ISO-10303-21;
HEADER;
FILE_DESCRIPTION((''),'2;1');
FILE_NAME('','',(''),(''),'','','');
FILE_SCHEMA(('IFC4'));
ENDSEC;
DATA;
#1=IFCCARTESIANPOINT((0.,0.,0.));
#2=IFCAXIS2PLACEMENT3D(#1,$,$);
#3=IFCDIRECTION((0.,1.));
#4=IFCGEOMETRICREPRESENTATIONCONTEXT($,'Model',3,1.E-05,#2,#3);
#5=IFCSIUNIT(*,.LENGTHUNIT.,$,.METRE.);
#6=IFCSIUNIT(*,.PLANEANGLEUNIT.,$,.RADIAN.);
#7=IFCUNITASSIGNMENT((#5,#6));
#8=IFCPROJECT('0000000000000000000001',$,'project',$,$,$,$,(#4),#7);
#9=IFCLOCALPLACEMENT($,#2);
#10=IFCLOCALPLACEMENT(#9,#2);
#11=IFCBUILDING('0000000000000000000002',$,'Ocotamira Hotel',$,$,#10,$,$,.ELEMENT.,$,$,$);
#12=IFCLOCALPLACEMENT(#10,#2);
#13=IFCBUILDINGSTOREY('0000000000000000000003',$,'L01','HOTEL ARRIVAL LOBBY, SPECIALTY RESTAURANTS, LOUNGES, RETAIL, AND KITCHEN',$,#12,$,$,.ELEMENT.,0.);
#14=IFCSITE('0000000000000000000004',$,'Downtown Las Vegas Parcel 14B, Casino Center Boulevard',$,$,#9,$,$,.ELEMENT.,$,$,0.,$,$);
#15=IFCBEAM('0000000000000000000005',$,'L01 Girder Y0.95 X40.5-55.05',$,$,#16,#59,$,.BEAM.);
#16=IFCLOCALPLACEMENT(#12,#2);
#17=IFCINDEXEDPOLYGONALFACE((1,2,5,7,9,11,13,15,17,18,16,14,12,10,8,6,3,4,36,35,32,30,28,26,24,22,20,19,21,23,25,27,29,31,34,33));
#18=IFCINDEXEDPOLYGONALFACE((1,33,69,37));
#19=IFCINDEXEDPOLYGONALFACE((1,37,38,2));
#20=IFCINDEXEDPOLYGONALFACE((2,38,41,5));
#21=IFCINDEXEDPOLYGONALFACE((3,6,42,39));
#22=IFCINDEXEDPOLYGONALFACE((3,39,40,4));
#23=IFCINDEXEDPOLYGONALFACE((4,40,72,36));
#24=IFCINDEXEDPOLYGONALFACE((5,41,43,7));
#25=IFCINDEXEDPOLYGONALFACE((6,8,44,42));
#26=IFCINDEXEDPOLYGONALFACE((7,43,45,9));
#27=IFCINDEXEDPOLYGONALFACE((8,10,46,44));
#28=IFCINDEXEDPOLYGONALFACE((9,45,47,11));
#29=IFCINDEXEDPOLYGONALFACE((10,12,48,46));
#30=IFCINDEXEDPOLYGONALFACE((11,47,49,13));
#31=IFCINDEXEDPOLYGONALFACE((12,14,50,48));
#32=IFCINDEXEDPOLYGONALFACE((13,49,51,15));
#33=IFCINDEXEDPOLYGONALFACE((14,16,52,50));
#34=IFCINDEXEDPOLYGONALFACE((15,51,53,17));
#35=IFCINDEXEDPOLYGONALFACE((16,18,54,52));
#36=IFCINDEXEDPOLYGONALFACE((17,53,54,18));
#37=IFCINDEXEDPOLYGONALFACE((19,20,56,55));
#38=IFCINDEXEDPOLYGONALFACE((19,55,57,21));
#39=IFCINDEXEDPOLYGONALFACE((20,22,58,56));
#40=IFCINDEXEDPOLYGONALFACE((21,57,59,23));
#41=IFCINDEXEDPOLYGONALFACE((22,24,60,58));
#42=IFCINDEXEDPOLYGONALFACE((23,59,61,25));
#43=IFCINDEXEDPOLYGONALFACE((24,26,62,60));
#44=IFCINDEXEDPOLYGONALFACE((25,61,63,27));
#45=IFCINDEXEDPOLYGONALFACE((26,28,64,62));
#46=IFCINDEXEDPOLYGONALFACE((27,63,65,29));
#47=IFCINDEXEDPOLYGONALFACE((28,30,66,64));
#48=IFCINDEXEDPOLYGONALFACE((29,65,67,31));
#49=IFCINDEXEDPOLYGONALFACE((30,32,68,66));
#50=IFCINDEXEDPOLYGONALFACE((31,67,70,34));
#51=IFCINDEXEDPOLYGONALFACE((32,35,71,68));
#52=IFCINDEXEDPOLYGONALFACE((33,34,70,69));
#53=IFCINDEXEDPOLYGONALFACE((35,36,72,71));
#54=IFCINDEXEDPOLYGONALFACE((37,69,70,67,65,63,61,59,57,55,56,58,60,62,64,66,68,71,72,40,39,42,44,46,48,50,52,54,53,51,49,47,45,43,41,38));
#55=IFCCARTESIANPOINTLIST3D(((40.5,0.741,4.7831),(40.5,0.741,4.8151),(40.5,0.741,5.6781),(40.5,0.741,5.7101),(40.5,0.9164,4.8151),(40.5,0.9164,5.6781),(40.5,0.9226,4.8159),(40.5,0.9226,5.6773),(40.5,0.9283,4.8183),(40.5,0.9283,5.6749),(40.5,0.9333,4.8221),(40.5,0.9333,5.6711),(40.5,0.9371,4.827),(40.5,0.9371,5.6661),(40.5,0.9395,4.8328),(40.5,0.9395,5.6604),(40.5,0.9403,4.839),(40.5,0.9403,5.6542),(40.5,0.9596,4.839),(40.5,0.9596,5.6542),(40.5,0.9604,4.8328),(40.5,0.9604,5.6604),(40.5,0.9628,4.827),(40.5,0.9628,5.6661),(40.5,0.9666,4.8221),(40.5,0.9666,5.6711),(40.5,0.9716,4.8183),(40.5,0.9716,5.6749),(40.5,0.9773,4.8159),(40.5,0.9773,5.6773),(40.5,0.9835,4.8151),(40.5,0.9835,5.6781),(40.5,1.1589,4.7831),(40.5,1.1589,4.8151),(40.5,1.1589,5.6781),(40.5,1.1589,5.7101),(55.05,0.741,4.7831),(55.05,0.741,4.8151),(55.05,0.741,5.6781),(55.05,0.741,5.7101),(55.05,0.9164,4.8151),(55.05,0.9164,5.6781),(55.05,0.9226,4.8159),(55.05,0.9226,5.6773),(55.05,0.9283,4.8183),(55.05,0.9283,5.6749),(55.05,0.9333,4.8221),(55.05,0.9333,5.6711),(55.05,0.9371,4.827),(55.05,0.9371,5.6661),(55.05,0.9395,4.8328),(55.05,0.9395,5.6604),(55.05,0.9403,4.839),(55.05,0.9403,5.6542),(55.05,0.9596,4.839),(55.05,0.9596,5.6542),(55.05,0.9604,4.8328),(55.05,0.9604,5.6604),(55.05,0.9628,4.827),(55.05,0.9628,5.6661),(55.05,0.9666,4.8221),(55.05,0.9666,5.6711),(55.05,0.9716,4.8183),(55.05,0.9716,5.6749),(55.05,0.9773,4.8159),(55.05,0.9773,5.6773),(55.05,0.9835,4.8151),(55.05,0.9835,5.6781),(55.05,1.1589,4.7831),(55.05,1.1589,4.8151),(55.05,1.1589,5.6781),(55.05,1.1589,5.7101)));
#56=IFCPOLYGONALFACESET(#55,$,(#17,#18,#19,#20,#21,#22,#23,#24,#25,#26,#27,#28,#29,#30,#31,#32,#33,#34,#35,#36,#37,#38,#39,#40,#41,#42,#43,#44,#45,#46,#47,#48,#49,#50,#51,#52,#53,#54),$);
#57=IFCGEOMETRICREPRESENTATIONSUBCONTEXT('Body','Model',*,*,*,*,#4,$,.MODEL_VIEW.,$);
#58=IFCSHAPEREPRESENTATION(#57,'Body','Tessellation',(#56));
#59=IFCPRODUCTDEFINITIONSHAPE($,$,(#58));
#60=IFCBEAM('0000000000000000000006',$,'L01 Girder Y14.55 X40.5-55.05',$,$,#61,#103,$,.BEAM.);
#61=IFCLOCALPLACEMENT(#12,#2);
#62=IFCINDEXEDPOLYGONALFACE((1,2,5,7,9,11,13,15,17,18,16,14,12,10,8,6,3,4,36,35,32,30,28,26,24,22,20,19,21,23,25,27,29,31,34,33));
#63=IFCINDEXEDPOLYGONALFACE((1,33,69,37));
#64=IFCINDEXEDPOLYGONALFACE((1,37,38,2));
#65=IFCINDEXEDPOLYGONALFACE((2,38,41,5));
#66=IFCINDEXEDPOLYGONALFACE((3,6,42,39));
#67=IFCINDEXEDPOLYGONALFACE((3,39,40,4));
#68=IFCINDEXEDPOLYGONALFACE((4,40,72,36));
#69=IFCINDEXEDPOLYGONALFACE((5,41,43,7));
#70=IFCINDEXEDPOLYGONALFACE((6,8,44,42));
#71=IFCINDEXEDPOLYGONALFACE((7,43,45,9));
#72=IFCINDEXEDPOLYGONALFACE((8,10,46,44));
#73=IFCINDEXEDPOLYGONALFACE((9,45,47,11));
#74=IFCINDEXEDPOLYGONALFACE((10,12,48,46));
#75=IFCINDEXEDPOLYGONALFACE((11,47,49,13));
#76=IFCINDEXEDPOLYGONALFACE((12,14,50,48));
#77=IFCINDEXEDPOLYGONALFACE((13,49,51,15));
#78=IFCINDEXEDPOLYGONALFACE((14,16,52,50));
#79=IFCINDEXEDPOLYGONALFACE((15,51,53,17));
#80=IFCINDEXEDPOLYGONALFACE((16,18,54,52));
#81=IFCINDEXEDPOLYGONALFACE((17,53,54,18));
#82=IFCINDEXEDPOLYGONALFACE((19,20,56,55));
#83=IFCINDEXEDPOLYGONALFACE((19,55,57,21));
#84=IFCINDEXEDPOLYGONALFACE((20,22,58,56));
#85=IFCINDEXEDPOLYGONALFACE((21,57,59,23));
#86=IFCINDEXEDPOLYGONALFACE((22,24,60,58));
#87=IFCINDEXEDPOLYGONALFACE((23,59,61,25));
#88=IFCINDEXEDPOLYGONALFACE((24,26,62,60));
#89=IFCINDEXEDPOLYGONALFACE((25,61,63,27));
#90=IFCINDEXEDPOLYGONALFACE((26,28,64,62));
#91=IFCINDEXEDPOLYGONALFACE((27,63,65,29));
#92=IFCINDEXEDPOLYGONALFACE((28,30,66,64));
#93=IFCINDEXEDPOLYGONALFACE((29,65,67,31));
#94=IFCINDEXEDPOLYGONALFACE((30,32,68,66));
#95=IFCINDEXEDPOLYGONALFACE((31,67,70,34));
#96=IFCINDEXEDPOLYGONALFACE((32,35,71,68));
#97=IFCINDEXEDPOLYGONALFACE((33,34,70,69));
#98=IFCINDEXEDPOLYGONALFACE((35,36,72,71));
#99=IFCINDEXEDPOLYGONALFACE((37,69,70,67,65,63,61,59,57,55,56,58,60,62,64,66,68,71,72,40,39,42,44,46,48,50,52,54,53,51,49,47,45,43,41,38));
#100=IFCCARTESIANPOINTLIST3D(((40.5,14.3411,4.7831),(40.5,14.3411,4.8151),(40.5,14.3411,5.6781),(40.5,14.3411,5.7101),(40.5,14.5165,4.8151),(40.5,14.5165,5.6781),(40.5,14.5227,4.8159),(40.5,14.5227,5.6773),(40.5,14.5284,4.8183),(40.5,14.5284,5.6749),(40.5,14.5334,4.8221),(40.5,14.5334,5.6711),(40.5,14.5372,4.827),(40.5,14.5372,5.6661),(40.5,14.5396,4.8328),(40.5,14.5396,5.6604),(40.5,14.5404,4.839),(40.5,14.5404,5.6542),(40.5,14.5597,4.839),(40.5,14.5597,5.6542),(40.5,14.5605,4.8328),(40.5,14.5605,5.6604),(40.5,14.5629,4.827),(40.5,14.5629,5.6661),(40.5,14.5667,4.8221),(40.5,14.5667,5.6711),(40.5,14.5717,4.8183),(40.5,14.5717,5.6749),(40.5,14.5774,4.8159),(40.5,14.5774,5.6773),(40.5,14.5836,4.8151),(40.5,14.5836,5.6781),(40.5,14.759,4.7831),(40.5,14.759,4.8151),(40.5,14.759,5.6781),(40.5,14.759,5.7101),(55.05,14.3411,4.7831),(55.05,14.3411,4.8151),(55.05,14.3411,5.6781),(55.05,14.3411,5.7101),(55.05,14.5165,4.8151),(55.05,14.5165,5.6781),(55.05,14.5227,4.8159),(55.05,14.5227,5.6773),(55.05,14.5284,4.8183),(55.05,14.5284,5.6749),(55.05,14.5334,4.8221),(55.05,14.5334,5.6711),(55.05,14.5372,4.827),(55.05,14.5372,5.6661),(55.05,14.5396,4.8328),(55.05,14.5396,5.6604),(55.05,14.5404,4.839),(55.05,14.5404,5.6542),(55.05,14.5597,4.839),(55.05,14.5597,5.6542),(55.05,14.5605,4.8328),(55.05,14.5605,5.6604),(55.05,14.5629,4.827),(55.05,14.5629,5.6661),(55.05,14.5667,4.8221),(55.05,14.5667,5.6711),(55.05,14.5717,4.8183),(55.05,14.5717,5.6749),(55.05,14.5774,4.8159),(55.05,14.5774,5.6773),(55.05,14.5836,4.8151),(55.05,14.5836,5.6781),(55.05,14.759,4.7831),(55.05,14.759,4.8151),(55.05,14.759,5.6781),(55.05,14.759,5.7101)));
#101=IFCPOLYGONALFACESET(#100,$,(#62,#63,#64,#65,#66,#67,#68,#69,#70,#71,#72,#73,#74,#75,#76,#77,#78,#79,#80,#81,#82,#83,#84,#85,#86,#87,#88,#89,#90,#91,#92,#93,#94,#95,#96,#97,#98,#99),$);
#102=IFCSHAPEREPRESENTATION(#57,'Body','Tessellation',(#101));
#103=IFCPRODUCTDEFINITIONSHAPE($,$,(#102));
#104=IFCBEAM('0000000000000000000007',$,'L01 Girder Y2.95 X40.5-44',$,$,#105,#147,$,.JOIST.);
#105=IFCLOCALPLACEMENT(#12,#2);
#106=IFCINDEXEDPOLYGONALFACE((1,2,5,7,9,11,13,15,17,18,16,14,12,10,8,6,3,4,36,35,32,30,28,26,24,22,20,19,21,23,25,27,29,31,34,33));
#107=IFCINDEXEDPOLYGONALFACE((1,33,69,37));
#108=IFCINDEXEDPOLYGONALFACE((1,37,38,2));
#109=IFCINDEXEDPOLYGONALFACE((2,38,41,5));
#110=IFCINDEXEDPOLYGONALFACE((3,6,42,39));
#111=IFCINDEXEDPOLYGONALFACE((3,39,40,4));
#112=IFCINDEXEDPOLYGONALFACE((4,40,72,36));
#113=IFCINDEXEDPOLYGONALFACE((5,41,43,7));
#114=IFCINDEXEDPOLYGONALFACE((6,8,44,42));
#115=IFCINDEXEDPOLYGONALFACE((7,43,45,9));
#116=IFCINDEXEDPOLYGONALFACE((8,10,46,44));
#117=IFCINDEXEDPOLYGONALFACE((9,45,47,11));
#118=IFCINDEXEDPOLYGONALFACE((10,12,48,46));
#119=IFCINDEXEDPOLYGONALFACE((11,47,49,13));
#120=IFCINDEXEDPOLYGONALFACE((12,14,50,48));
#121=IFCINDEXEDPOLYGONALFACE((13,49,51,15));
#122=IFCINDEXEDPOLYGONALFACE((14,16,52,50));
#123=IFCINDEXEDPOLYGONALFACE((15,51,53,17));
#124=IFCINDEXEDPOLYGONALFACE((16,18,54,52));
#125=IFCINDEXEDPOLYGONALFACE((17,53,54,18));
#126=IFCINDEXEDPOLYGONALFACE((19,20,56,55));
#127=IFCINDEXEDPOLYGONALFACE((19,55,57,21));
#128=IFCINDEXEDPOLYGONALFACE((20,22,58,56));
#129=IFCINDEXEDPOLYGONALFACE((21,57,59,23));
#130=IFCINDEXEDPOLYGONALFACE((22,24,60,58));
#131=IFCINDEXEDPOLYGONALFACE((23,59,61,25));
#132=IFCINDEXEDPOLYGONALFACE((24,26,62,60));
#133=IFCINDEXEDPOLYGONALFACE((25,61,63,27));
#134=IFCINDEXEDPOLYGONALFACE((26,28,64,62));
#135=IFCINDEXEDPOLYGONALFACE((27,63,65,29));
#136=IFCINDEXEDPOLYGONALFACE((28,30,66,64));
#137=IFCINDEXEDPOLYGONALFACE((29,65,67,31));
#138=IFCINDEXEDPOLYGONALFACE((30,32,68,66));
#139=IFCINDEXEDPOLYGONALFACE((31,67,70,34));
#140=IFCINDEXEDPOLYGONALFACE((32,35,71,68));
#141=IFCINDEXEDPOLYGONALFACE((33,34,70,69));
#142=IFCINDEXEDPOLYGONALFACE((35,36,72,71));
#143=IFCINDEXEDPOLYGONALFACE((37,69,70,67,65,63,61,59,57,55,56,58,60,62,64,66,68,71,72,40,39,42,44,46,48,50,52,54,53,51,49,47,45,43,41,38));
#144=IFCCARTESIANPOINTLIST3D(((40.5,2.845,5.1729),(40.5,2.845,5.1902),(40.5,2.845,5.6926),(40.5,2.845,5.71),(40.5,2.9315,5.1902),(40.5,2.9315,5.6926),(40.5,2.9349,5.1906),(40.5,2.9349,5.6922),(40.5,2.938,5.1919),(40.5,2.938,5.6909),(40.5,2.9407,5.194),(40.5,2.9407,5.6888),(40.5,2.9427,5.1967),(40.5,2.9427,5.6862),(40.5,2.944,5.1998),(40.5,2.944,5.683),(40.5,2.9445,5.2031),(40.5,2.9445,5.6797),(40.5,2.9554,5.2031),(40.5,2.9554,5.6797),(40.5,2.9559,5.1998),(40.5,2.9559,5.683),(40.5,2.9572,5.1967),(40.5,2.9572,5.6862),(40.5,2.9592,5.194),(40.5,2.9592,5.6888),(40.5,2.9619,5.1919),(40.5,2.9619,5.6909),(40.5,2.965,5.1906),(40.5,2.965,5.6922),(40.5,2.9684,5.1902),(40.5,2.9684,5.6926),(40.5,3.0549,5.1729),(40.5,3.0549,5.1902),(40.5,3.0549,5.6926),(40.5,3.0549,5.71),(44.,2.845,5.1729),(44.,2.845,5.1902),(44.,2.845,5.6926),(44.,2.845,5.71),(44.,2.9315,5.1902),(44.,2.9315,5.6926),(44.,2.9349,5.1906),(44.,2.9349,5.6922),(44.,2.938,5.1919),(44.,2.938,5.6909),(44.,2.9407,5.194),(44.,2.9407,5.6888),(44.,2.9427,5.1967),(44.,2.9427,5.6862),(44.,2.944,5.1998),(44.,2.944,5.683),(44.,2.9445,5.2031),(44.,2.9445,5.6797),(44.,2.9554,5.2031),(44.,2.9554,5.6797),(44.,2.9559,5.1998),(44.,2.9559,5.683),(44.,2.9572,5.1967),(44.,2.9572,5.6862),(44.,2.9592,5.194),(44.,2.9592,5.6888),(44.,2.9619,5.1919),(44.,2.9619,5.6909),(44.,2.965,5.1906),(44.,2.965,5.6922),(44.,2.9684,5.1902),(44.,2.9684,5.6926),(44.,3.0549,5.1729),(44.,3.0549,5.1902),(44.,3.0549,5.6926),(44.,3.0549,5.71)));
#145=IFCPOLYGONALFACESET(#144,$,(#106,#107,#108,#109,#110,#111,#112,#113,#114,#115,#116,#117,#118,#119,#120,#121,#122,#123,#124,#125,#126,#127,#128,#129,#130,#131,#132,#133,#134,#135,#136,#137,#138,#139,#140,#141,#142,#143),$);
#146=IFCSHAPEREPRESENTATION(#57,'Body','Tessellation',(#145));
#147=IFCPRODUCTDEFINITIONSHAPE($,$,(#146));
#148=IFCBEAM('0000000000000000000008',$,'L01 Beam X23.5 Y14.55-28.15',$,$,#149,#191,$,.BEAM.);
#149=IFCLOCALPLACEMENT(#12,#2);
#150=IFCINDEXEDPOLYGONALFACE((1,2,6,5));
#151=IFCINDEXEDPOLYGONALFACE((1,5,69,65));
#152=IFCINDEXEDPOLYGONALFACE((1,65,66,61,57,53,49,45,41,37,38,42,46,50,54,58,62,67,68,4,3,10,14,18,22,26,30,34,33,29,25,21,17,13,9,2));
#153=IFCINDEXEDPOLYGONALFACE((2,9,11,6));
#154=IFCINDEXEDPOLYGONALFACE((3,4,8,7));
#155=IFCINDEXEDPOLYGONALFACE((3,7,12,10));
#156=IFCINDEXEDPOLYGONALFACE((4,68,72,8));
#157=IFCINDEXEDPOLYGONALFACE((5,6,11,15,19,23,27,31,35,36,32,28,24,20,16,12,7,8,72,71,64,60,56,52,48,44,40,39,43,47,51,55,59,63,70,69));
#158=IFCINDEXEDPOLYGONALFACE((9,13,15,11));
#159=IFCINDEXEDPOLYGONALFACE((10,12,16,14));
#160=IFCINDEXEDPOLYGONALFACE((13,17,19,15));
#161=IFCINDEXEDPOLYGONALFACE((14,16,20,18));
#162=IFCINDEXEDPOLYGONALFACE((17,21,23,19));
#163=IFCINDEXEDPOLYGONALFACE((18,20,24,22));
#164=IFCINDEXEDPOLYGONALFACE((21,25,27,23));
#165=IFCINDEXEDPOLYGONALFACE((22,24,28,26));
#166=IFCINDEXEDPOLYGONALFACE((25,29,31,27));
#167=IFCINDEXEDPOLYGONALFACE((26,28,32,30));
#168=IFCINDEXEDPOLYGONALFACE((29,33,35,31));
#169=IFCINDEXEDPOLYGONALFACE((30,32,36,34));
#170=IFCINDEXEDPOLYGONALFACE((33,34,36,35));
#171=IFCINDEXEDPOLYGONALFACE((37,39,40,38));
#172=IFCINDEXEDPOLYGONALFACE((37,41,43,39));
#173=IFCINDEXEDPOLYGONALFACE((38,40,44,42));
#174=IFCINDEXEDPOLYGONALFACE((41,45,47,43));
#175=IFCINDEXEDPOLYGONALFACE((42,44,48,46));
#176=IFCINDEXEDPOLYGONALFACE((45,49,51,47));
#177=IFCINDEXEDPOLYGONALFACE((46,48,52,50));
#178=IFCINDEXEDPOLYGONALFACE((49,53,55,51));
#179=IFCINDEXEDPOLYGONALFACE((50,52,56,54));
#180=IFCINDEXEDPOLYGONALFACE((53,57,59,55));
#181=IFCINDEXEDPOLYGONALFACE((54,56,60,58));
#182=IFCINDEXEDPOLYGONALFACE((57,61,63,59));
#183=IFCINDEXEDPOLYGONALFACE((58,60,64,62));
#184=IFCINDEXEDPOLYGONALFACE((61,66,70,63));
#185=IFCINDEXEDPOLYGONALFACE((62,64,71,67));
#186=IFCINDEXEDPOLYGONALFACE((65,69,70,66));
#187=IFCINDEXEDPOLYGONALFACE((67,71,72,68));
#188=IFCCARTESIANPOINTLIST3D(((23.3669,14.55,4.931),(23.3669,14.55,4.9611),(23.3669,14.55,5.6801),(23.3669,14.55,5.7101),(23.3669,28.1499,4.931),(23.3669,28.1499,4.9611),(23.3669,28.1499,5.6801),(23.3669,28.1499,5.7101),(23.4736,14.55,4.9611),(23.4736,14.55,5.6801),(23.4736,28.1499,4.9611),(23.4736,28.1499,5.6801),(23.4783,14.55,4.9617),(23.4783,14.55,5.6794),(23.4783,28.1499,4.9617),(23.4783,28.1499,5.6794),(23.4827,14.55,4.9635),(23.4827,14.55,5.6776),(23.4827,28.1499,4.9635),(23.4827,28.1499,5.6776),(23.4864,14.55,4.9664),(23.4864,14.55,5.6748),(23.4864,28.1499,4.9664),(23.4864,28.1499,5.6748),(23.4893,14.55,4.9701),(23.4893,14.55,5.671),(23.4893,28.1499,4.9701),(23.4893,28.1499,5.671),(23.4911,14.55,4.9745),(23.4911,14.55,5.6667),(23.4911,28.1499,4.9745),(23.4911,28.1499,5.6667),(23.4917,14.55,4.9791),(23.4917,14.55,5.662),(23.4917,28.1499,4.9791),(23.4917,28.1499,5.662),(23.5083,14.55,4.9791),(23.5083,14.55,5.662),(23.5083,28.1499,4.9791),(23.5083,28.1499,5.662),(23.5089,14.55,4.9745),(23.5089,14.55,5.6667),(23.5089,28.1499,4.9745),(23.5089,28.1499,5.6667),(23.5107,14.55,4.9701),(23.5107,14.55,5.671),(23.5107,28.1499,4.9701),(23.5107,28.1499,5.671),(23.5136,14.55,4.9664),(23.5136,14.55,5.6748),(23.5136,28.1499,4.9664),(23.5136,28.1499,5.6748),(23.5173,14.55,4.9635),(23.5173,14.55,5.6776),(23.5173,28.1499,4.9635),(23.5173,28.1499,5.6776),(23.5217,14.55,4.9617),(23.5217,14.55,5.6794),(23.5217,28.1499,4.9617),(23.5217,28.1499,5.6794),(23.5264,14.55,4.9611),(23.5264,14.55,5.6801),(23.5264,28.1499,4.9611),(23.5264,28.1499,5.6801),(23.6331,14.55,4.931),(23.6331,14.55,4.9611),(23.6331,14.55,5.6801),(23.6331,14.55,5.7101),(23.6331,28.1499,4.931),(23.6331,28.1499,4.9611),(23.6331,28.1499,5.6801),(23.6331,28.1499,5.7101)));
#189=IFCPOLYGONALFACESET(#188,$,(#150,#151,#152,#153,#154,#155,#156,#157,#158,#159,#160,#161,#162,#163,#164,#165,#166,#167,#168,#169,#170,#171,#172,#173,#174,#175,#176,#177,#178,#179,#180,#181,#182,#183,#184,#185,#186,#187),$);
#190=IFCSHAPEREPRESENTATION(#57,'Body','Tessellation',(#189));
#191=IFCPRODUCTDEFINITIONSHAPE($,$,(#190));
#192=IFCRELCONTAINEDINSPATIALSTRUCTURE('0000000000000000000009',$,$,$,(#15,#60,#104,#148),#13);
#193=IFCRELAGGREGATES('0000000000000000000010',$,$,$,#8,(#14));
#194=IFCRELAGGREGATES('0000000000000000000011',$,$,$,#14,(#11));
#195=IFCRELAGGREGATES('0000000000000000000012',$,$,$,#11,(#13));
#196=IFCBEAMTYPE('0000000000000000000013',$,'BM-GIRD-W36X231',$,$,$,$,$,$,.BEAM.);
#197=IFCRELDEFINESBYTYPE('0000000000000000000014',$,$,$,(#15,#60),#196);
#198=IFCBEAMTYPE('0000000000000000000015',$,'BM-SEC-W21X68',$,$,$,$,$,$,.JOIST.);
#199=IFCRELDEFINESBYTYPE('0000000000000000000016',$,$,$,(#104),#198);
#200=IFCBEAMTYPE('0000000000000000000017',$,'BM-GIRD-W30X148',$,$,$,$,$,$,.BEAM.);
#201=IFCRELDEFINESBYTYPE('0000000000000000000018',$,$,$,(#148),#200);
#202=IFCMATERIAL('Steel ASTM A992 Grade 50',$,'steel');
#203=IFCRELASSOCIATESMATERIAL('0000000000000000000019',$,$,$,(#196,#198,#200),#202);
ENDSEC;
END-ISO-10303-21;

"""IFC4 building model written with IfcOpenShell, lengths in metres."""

from ifc_helpers import new_model, si_unit, direction, frame, origin, origin_2d, place, context, subcontext, project, spatial, i_section, extrude, source, transform, mapped, material, material_profile, profile_set, type_object, element, save


model = new_model("IFC4")

# Units and contexts
model_context = context("Model", 3, precision=1e-05, world=origin(), true_north=direction((0.0, 1.0)))
body_context = subcontext(model_context, "Body", "Model", "MODEL_VIEW")
ifc_project = project(units=[si_unit("LENGTHUNIT", "METRE"), si_unit("PLANEANGLEUNIT", "RADIAN")], contexts=[model_context])

# Site, building, storey
site_placement = place(None, origin())
site = spatial("IfcSite", under=ifc_project, at=site_placement, Name="Downtown Las Vegas Parcel 14B, Casino Center Boulevard", CompositionType="ELEMENT", RefElevation=0.0)
building_placement = place(site_placement, origin())
building = spatial("IfcBuilding", under=site, at=building_placement, Name="Ocotamira Hotel", CompositionType="ELEMENT")
storey_placement = place(building_placement, origin())
storey = spatial("IfcBuildingStorey", under=building, at=storey_placement, Name="L01", Description="HOTEL ARRIVAL LOBBY, SPECIALTY RESTAURANTS, LOUNGES, RETAIL, AND KITCHEN", CompositionType="ELEMENT", Elevation=0.0)

# Beams
ifc_material_1 = material(Name="Steel ASTM A992 Grade 50", Category="steel")
ifc_material_profile_1 = material_profile(ifc_material_1, i_section(OverallWidth=0.418, OverallDepth=0.927, WebThickness=0.0193, FlangeThickness=0.032, FilletRadius=0.0239, at=origin_2d()), Name="W36X231")
ifc_profile_set_1 = profile_set([ifc_material_profile_1], Name="Steel ASTM A992 Grade 50")
beam_type_1 = type_object("IfcBeamType", Name="BM-GIRD-W36X231", PredefinedType="BEAM", material=ifc_profile_set_1)
shared_shape_1 = source(origin(), body_context, "Body", "SweptSolid", [
    extrude(i_section(OverallWidth=0.418, OverallDepth=0.927, WebThickness=0.0193, FlangeThickness=0.032, FilletRadius=0.0239, at=origin_2d()), origin(), (0.0, 0.0, 1.0), 14.55),
])
for number, where, z_axis, x_axis, name in (
    (1, (40.5, 0.95, 5.2466), (1.0, 0.0, 0.0), (0.0, 1.0, 0.0), "L01 Girder Y0.95 X40.5-55.05"),
    (2, (40.5, 14.55, 5.2466), (1.0, 0.0, 0.0), (0.0, 1.0, 0.0), "L01 Girder Y14.55 X40.5-55.05"),
):
    element("IfcBeam", number, at=place(storey_placement, frame(where, z_axis=z_axis, x_axis=x_axis)), inside=storey, type_object=beam_type_1, Name=name, PredefinedType="BEAM", context=body_context, shape_type="MappedRepresentation", body=[
        mapped(shared_shape_1, transform((0.0, 0.0, 0.0), scale=1.0)),
    ])
ifc_material_profile_2 = material_profile(ifc_material_1, i_section(OverallWidth=0.21, OverallDepth=0.5371, WebThickness=0.011, FlangeThickness=0.0173, FilletRadius=0.0129, at=origin_2d()), Name="W21X68")
ifc_profile_set_2 = profile_set([ifc_material_profile_2], Name="Steel ASTM A992 Grade 50")
beam_type_2 = type_object("IfcBeamType", Name="BM-SEC-W21X68", PredefinedType="JOIST", material=ifc_profile_set_2)
shared_shape_2 = source(origin(), body_context, "Body", "SweptSolid", [
    extrude(i_section(OverallWidth=0.21, OverallDepth=0.5371, WebThickness=0.011, FlangeThickness=0.0173, FilletRadius=0.0129, at=origin_2d()), origin(), (0.0, 0.0, 1.0), 3.5),
])
beam_placement = place(storey_placement, frame((40.5, 2.95, 5.4414), z_axis=(1.0, 0.0, 0.0), x_axis=(0.0, 1.0, 0.0)))
element("IfcBeam", 3, at=beam_placement, inside=storey, type_object=beam_type_2, Name="L01 Girder Y2.95 X40.5-44", PredefinedType="JOIST", context=body_context, shape_type="MappedRepresentation", body=[
    mapped(shared_shape_2, transform((0.0, 0.0, 0.0), scale=1.0)),
])
ifc_material_profile_3 = material_profile(ifc_material_1, i_section(OverallWidth=0.2661, OverallDepth=0.7791, WebThickness=0.0166, FlangeThickness=0.03, FilletRadius=0.0181, at=origin_2d()), Name="W30X148")
ifc_profile_set_3 = profile_set([ifc_material_profile_3], Name="Steel ASTM A992 Grade 50")
beam_type_3 = type_object("IfcBeamType", Name="BM-GIRD-W30X148", PredefinedType="BEAM", material=ifc_profile_set_3)
shared_shape_3 = source(origin(), body_context, "Body", "SweptSolid", [
    extrude(i_section(OverallWidth=0.2661, OverallDepth=0.7791, WebThickness=0.0166, FlangeThickness=0.03, FilletRadius=0.0181, at=origin_2d()), origin(), (0.0, 0.0, 1.0), 13.5999),
])
for number, where, z_axis, x_axis, name in (
    (4, (23.5, 14.55, 5.3206), (0.0, 1.0, 0.0), (-1.0, 0.0, 0.0), "L01 Beam X23.5 Y14.55-28.15"),
):
    element("IfcBeam", number, at=place(storey_placement, frame(where, z_axis=z_axis, x_axis=x_axis)), inside=storey, type_object=beam_type_3, Name=name, PredefinedType="BEAM", context=body_context, shape_type="MappedRepresentation", body=[
        mapped(shared_shape_3, transform((0.0, 0.0, 0.0), scale=1.0)),
    ])

save(model, "model.ifc")
